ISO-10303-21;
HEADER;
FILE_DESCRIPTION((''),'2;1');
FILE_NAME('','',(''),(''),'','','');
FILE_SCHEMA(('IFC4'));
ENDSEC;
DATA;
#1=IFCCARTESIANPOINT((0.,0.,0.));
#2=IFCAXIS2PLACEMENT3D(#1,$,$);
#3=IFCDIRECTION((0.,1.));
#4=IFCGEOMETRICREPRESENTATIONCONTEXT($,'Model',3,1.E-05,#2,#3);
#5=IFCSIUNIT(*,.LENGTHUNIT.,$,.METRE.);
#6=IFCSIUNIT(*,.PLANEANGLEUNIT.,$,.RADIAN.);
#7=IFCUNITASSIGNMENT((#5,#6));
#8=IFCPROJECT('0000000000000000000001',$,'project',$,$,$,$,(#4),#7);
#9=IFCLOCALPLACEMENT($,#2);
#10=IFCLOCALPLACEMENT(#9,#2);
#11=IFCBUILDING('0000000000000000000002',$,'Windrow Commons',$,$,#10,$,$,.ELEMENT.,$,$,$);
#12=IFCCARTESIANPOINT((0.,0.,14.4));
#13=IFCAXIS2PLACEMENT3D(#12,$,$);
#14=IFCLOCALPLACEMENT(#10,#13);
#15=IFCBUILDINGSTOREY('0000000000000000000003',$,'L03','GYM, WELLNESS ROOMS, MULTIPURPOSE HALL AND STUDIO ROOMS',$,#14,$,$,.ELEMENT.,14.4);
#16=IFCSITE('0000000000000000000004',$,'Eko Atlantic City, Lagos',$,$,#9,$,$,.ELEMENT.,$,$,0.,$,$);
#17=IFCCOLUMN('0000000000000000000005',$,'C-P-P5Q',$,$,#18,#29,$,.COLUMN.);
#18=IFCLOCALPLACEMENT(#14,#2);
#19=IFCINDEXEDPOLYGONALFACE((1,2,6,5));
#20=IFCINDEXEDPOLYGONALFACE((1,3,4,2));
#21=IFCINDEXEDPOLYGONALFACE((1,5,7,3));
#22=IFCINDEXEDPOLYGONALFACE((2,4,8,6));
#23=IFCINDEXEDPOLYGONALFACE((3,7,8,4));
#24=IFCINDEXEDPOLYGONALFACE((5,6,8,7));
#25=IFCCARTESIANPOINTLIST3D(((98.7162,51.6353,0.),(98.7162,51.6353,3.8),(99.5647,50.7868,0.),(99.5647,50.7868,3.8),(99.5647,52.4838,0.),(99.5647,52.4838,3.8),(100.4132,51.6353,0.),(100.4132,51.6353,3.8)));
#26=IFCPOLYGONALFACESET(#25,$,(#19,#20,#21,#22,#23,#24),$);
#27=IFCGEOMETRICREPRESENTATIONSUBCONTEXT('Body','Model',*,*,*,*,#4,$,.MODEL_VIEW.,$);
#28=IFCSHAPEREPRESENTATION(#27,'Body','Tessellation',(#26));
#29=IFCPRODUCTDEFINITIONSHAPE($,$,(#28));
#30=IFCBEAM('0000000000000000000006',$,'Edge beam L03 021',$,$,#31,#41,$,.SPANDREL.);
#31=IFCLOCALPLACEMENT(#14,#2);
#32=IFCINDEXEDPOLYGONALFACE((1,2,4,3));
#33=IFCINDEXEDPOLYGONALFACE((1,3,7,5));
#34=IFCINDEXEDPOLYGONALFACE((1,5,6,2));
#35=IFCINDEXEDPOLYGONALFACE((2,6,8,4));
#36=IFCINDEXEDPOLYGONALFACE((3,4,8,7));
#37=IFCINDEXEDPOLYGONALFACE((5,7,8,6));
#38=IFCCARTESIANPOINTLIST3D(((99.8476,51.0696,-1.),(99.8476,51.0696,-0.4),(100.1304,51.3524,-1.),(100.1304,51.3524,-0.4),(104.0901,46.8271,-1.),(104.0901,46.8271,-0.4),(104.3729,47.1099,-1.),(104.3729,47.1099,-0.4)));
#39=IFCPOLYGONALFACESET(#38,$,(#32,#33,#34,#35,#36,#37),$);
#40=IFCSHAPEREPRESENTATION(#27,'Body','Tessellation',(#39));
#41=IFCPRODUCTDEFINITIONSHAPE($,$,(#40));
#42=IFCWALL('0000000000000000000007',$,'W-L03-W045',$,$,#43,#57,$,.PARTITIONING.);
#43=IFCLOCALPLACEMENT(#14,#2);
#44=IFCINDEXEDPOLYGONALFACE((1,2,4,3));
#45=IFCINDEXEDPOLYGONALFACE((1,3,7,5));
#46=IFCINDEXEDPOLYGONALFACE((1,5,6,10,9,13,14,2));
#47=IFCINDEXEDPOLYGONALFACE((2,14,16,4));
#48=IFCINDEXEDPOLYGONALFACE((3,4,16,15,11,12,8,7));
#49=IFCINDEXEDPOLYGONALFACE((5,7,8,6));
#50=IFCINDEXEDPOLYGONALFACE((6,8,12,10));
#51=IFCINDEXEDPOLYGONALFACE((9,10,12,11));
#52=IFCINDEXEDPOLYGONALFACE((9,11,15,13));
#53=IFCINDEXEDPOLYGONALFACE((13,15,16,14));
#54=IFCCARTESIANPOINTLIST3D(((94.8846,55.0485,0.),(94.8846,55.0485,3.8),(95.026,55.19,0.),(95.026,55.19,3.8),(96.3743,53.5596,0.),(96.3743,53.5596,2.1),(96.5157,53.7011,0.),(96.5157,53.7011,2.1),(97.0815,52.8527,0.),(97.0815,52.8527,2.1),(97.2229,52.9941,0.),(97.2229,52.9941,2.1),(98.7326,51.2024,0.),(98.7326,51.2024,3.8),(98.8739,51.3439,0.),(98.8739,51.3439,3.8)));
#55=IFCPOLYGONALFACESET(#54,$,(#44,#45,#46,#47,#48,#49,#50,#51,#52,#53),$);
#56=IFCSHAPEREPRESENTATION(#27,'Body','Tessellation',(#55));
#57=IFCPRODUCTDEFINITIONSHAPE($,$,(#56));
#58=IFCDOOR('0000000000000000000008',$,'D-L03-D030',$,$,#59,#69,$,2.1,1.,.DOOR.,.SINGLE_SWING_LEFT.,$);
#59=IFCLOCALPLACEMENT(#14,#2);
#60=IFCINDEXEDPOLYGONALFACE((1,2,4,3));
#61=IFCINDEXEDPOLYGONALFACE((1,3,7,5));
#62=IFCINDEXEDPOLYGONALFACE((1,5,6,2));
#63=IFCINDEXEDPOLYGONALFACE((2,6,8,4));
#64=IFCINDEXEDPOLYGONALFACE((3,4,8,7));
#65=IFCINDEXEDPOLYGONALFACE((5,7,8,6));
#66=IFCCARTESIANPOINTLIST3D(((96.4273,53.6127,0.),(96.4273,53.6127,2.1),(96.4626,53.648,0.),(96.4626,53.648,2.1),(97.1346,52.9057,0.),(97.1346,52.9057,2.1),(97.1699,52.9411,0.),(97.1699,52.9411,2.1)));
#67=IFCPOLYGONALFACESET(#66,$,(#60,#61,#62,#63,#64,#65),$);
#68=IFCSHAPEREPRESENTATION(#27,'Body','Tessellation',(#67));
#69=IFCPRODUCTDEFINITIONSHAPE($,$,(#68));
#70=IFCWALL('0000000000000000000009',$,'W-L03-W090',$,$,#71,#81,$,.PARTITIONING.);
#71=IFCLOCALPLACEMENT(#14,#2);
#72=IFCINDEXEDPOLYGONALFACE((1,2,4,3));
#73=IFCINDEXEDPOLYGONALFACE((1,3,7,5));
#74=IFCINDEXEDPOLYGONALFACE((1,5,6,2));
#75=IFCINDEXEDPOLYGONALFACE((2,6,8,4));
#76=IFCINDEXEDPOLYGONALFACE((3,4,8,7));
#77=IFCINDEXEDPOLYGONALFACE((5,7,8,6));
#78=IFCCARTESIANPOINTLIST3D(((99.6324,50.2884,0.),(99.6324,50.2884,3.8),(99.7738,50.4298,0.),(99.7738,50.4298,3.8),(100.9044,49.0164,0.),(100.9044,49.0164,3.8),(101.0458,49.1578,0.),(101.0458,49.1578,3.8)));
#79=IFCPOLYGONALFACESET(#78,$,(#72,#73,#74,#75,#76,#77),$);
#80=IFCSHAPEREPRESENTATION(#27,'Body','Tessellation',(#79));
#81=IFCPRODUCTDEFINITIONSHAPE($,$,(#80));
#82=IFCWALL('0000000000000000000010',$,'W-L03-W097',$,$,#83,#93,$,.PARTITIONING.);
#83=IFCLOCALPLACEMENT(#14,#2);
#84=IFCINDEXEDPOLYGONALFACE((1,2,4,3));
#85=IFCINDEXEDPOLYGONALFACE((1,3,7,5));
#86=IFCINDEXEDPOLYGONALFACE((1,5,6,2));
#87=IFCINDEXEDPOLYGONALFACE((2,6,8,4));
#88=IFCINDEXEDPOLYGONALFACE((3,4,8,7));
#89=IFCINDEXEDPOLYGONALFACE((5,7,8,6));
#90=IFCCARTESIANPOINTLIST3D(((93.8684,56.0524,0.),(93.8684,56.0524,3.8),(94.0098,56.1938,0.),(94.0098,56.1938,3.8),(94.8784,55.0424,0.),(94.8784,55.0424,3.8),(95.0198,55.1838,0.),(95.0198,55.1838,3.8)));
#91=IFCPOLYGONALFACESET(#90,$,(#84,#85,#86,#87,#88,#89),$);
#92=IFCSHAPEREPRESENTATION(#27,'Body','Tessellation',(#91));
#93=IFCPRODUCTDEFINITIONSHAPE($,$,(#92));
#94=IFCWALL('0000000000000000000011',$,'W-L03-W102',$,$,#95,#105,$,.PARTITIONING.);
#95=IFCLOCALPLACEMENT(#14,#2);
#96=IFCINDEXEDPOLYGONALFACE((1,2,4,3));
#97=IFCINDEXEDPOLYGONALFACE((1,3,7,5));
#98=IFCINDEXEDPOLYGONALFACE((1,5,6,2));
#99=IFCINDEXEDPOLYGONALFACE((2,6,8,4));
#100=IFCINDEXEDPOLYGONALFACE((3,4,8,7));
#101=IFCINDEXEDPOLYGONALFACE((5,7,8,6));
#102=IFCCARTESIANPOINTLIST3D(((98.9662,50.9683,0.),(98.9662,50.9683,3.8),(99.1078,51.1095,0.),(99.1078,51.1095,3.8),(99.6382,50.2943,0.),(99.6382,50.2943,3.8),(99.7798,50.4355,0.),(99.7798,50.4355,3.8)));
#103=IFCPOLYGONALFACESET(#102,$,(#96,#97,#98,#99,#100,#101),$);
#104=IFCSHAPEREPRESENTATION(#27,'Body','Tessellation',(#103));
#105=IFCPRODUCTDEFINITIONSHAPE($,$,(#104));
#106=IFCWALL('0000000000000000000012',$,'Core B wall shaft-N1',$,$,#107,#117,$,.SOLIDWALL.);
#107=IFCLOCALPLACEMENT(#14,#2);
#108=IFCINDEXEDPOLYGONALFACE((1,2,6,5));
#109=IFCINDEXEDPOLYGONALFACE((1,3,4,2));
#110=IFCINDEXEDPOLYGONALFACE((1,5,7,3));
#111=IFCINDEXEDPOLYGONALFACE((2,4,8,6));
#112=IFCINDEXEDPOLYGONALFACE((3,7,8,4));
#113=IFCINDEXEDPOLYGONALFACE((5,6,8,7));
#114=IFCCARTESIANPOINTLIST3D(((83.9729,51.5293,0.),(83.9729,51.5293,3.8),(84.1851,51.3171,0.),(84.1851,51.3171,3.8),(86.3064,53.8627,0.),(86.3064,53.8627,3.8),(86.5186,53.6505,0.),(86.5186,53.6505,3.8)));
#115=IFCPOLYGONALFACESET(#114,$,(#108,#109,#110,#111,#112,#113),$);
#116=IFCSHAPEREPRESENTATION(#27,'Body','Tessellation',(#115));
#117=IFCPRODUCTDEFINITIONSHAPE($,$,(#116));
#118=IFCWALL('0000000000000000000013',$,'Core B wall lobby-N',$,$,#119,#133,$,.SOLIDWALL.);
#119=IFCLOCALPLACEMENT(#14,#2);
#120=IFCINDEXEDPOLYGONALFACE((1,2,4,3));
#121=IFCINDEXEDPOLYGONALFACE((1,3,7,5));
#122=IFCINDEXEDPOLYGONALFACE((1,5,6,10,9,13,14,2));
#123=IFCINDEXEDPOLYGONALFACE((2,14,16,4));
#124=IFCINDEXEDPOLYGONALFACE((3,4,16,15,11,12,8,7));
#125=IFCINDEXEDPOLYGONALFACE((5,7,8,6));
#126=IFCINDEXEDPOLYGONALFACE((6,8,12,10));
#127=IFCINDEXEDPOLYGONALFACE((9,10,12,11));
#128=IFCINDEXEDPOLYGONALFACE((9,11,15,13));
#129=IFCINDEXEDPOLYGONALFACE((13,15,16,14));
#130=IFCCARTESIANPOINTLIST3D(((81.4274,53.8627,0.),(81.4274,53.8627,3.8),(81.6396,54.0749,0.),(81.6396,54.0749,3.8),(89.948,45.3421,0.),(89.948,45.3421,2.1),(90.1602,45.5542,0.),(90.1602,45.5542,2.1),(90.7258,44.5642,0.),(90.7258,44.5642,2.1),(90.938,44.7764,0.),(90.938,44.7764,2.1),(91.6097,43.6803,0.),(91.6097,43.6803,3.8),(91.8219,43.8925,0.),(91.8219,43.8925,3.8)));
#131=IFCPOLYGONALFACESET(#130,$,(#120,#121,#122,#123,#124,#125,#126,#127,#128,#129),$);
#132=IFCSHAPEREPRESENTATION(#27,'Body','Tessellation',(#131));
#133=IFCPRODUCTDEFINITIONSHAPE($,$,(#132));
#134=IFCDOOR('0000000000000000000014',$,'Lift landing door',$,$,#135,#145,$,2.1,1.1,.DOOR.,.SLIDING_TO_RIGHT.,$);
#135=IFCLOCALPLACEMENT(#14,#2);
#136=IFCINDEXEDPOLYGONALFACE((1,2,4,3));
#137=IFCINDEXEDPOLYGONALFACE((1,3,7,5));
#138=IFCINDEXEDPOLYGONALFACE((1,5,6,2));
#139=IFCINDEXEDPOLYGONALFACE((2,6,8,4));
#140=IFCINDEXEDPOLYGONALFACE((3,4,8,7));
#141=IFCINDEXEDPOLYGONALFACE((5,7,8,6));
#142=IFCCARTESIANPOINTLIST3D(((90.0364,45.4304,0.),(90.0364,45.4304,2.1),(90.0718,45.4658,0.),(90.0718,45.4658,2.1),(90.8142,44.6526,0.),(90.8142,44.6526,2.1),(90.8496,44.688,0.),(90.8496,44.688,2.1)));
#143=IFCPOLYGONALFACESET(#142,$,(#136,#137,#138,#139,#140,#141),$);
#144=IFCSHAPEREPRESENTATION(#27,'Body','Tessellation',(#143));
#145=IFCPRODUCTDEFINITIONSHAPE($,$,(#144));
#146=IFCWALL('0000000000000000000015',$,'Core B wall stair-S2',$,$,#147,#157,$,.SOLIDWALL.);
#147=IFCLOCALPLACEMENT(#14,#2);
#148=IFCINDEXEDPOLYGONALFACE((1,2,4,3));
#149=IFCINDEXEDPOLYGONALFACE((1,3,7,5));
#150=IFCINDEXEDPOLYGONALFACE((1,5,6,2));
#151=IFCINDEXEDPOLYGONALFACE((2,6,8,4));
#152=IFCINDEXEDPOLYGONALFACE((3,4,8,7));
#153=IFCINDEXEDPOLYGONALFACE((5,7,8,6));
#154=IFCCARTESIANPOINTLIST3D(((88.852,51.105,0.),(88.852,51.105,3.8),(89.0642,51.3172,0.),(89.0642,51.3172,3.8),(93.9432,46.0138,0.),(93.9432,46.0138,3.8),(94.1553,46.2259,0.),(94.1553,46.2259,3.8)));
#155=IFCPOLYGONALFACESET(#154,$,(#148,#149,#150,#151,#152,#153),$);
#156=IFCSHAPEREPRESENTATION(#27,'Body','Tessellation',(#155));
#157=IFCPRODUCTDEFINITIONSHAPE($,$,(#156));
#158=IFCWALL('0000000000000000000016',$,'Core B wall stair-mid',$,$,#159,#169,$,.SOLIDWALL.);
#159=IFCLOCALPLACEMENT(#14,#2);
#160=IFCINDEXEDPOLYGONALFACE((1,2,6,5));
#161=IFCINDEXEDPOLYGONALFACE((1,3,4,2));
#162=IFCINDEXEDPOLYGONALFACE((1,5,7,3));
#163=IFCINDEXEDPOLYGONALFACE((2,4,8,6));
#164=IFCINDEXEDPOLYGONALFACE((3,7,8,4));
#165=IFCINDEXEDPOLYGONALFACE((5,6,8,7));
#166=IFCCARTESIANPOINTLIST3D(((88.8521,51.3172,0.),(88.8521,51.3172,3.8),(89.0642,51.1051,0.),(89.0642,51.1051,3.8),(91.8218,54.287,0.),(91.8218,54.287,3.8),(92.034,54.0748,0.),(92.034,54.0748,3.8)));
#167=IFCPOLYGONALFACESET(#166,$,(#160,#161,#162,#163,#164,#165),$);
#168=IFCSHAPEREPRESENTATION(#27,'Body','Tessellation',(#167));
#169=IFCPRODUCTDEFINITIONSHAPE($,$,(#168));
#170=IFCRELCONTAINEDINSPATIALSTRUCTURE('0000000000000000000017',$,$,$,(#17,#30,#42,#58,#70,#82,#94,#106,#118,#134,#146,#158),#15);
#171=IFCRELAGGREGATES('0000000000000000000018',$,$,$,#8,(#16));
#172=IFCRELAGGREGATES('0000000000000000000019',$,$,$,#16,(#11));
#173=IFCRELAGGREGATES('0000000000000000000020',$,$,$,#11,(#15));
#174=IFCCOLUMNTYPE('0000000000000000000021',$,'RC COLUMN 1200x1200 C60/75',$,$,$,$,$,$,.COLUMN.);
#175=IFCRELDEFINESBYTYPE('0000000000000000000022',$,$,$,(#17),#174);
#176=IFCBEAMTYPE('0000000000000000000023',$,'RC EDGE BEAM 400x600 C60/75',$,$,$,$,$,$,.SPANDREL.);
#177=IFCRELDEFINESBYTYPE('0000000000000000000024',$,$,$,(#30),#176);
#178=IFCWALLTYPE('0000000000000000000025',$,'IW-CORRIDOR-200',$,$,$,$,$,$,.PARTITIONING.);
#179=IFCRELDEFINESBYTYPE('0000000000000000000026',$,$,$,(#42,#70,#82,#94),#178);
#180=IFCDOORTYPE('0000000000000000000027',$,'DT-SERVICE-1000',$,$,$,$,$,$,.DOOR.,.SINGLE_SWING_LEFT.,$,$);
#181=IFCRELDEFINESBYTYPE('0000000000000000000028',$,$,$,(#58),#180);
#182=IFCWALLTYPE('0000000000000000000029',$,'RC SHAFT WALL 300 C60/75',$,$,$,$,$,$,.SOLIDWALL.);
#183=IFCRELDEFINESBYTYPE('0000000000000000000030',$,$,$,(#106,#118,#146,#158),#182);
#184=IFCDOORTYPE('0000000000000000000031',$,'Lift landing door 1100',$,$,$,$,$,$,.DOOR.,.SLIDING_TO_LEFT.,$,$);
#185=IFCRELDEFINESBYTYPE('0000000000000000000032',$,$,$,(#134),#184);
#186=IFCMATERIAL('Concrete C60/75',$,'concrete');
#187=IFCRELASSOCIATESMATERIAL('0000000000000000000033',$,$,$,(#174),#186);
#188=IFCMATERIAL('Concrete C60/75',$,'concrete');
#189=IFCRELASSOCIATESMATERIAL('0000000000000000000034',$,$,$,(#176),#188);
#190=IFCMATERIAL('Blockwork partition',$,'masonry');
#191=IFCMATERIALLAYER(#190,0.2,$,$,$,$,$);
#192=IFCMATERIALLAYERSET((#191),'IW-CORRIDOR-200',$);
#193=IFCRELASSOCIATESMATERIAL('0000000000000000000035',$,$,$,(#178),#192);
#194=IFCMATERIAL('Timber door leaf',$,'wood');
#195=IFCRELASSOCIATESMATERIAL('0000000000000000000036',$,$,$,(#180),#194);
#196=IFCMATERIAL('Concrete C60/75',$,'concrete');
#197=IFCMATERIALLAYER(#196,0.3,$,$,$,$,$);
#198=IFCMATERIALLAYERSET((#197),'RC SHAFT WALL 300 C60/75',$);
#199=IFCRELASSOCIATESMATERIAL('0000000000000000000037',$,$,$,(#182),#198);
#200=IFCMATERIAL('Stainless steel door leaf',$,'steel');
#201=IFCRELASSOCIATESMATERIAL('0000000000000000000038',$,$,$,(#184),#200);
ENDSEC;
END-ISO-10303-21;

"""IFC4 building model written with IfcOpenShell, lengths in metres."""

from ifc_helpers import new_model, si_unit, direction, frame, frame_2d, origin, origin_2d, place, context, subcontext, project, spatial, rectangle, extrude, material, layer, layer_set, material_profile, profile_set, type_object, element, fill, save


model = new_model("IFC4")

# Units and contexts
model_context = context("Model", 3, precision=1e-05, world=origin(), true_north=direction((0.0, 1.0)))
body_context = subcontext(model_context, "Body", "Model", "MODEL_VIEW")
ifc_project = project(units=[si_unit("LENGTHUNIT", "METRE"), si_unit("PLANEANGLEUNIT", "RADIAN")], contexts=[model_context])

# Site, building, storey
site_placement = place(None, origin())
site = spatial("IfcSite", under=ifc_project, at=site_placement, Name="Eko Atlantic City, Lagos", CompositionType="ELEMENT", RefElevation=0.0)
building_placement = place(site_placement, origin())
building = spatial("IfcBuilding", under=site, at=building_placement, Name="Windrow Commons", CompositionType="ELEMENT")
storey_placement = place(building_placement, frame((0.0, 0.0, 14.4)))
storey = spatial("IfcBuildingStorey", under=building, at=storey_placement, Name="L03", Description="GYM, WELLNESS ROOMS, MULTIPURPOSE HALL AND STUDIO ROOMS", CompositionType="ELEMENT", Elevation=14.4)

# Column
ifc_material_1 = material(Name="Concrete C60/75", Category="concrete")
ifc_material_profile_1 = material_profile(ifc_material_1, rectangle(XDim=1.2, YDim=1.2, at=origin_2d()))
ifc_profile_set_1 = profile_set([ifc_material_profile_1], Name="Concrete C60/75")
column_type = type_object("IfcColumnType", Name="RC COLUMN 1200x1200 C60/75", PredefinedType="COLUMN", material=ifc_profile_set_1)
column_placement = place(storey_placement, frame((99.5647, 51.6353, 0.0), z_axis=(0.0, 0.0, 1.0), x_axis=(0.707107, -0.707107, 0.0)))
element("IfcColumn", 1, at=column_placement, inside=storey, type_object=column_type, Name="C-P-P5Q", PredefinedType="COLUMN", context=body_context, shape_type="SweptSolid", body=[
    extrude(rectangle(XDim=1.2, YDim=1.2, at=origin_2d()), origin(), (0.0, 0.0, 1.0), 3.8),
])

# Beam
ifc_material_2 = material(Name="Concrete C60/75", Category="concrete")
ifc_material_profile_2 = material_profile(ifc_material_2, rectangle(XDim=0.4, YDim=0.6, at=origin_2d()))
ifc_profile_set_2 = profile_set([ifc_material_profile_2], Name="Concrete C60/75")
beam_type = type_object("IfcBeamType", Name="RC EDGE BEAM 400x600 C60/75", PredefinedType="SPANDREL", material=ifc_profile_set_2)
beam_placement = place(storey_placement, frame((99.989, 51.211, -0.7), z_axis=(0.707107, -0.707107, 0.0), x_axis=(0.707107, 0.707107, 0.0)))
element("IfcBeam", 2, at=beam_placement, inside=storey, type_object=beam_type, Name="Edge beam L03 021", PredefinedType="SPANDREL", context=body_context, shape_type="SweptSolid", body=[
    extrude(rectangle(XDim=0.4, YDim=0.6, at=origin_2d()), origin(), (0.0, 0.0, 1.0), 5.9998),
])

# Wall, opening, door
ifc_material_3 = material(Name="Blockwork partition", Category="masonry")
ifc_layer_1 = layer(ifc_material_3, 0.2)
ifc_layer_set_1 = layer_set([ifc_layer_1], Name="IW-CORRIDOR-200")
wall_type_1 = type_object("IfcWallType", Name="IW-CORRIDOR-200", PredefinedType="PARTITIONING", material=ifc_layer_set_1)
wall_1_placement = place(storey_placement, frame((94.9553, 55.1193, 0.0), z_axis=(0.0, 0.0, 1.0), x_axis=(0.707272, -0.706941, 0.0)))
wall_1 = element("IfcWall", 3, at=wall_1_placement, inside=storey, type_object=wall_type_1, Name="W-L03-W045", PredefinedType="PARTITIONING", context=body_context, shape_type="SweptSolid", body=[
    extrude(rectangle(XDim=5.4405, YDim=0.2, at=frame_2d((2.7203, 0.0))), origin(), (0.0, 0.0, 1.0), 3.8),
])
opening_1_placement = place(wall_1_placement, frame((2.1062, 0.0, 0.0)))
opening_1 = element("IfcOpeningElement", 4, at=opening_1_placement, cuts=wall_1, PredefinedType="OPENING", context=body_context, shape_type="SweptSolid", body=[
    extrude(rectangle(XDim=1.0, YDim=2.1, at=frame_2d((0.5, 1.05))), frame((0.0, 0.11, 0.0), z_axis=(0.0, -1.0, 0.0), x_axis=(1.0, 0.0, 0.0)), (0.0, 0.0, 1.0), 0.22),
])
ifc_material_4 = material(Name="Timber door leaf", Category="wood")
door_type_1 = type_object("IfcDoorType", Name="DT-SERVICE-1000", OperationType="SINGLE_SWING_LEFT", PredefinedType="DOOR", material=ifc_material_4)
door_1_placement = place(opening_1_placement, origin())
door_1 = element("IfcDoor", 5, at=door_1_placement, inside=storey, type_object=door_type_1, Name="D-L03-D030", OperationType="SINGLE_SWING_LEFT", OverallHeight=2.1, OverallWidth=1.0, PredefinedType="DOOR", context=body_context, shape_type="SweptSolid", body=[
    extrude(rectangle(XDim=1.0, YDim=2.1, at=frame_2d((0.5, 1.05))), frame((0.0, 0.025, 0.0), z_axis=(0.0, -1.0, 0.0), x_axis=(1.0, 0.0, 0.0)), (0.0, 0.0, 1.0), 0.05),
])
fill(opening_1, door_1)

# Walls
wall_2_placement = place(storey_placement, frame((99.7031, 50.3591, 0.0), z_axis=(0.0, 0.0, 1.0), x_axis=(0.707107, -0.707107, 0.0)))
element("IfcWall", 6, at=wall_2_placement, inside=storey, type_object=wall_type_1, Name="W-L03-W090", PredefinedType="PARTITIONING", context=body_context, shape_type="SweptSolid", body=[
    extrude(rectangle(XDim=1.7989, YDim=0.2, at=frame_2d((0.8994, 0.0))), origin(), (0.0, 0.0, 1.0), 3.8),
])
wall_3_placement = place(storey_placement, frame((93.9391, 56.1231, 0.0), z_axis=(0.0, 0.0, 1.0), x_axis=(0.707107, -0.707107, 0.0)))
element("IfcWall", 7, at=wall_3_placement, inside=storey, type_object=wall_type_1, Name="W-L03-W097", PredefinedType="PARTITIONING", context=body_context, shape_type="SweptSolid", body=[
    extrude(rectangle(XDim=1.4284, YDim=0.2, at=frame_2d((0.7142, 0.0))), origin(), (0.0, 0.0, 1.0), 3.8),
])
wall_4_placement = place(storey_placement, frame((99.037, 51.0389, 0.0), z_axis=(0.0, 0.0, 1.0), x_axis=(0.706055, -0.708157, 0.0)))
element("IfcWall", 8, at=wall_4_placement, inside=storey, type_object=wall_type_1, Name="W-L03-W102", PredefinedType="PARTITIONING", context=body_context, shape_type="SweptSolid", body=[
    extrude(rectangle(XDim=0.9518, YDim=0.2, at=frame_2d((0.4759, 0.0))), origin(), (0.0, 0.0, 1.0), 3.8),
])
ifc_material_5 = material(Name="Concrete C60/75", Category="concrete")
ifc_layer_2 = layer(ifc_material_5, 0.3)
ifc_layer_set_2 = layer_set([ifc_layer_2], Name="RC SHAFT WALL 300 C60/75")
wall_type_2 = type_object("IfcWallType", Name="RC SHAFT WALL 300 C60/75", PredefinedType="SOLIDWALL", material=ifc_layer_set_2)
wall_5_placement = place(storey_placement, frame((84.079, 51.4232, 0.0), z_axis=(0.0, 0.0, 1.0), x_axis=(0.707122, 0.707092, 0.0)))
element("IfcWall", 9, at=wall_5_placement, inside=storey, type_object=wall_type_2, Name="Core B wall shaft-N1", PredefinedType="SOLIDWALL", context=body_context, shape_type="SweptSolid", body=[
    extrude(rectangle(XDim=3.3, YDim=0.3, at=frame_2d((1.65, 0.0))), origin(), (0.0, 0.0, 1.0), 3.8),
])

# Wall, opening, door
wall_6_placement = place(storey_placement, frame((81.5335, 53.9688, 0.0), z_axis=(0.0, 0.0, 1.0), x_axis=(0.707103, -0.70711, 0.0)))
wall_6 = element("IfcWall", 10, at=wall_6_placement, inside=storey, type_object=wall_type_2, Name="Core B wall lobby-N", PredefinedType="SOLIDWALL", context=body_context, shape_type="SweptSolid", body=[
    extrude(rectangle(XDim=14.4, YDim=0.3, at=frame_2d((7.2, 0.0))), origin(), (0.0, 0.0, 1.0), 3.8),
])
opening_2_placement = place(wall_6_placement, frame((12.05, 0.0, 0.0)))
opening_2 = element("IfcOpeningElement", 11, at=opening_2_placement, cuts=wall_6, PredefinedType="OPENING", context=body_context, shape_type="SweptSolid", body=[
    extrude(rectangle(XDim=1.1, YDim=2.1, at=frame_2d((0.55, 1.05))), frame((0.0, 0.16, 0.0), z_axis=(0.0, -1.0, 0.0), x_axis=(1.0, 0.0, 0.0)), (0.0, 0.0, 1.0), 0.32),
])
ifc_material_6 = material(Name="Stainless steel door leaf", Category="steel")
door_type_2 = type_object("IfcDoorType", Name="Lift landing door 1100", OperationType="SLIDING_TO_LEFT", PredefinedType="DOOR", material=ifc_material_6)
door_2_placement = place(opening_2_placement, origin())
door_2 = element("IfcDoor", 12, at=door_2_placement, inside=storey, type_object=door_type_2, Name="Lift landing door", OperationType="SLIDING_TO_RIGHT", OverallHeight=2.1, OverallWidth=1.1, PredefinedType="DOOR", context=body_context, shape_type="SweptSolid", body=[
    extrude(rectangle(XDim=1.1, YDim=2.1, at=frame_2d((0.55, 1.05))), frame((0.0, 0.025, 0.0), z_axis=(0.0, -1.0, 0.0), x_axis=(1.0, 0.0, 0.0)), (0.0, 0.0, 1.0), 0.05),
])
fill(opening_2, door_2)

# Walls
wall_7_placement = place(storey_placement, frame((88.9581, 51.2111, 0.0), z_axis=(0.0, 0.0, 1.0), x_axis=(0.7071, -0.707114, 0.0)))
element("IfcWall", 13, at=wall_7_placement, inside=storey, type_object=wall_type_2, Name="Core B wall stair-S2", PredefinedType="SOLIDWALL", context=body_context, shape_type="SweptSolid", body=[
    extrude(rectangle(XDim=7.2, YDim=0.3, at=frame_2d((3.6, 0.0))), origin(), (0.0, 0.0, 1.0), 3.8),
])
wall_8_placement = place(storey_placement, frame((88.9581, 51.2111, 0.0), z_axis=(0.0, 0.0, 1.0), x_axis=(0.707107, 0.707107, 0.0)))
element("IfcWall", 14, at=wall_8_placement, inside=storey, type_object=wall_type_2, Name="Core B wall stair-mid", PredefinedType="SOLIDWALL", context=body_context, shape_type="SweptSolid", body=[
    extrude(rectangle(XDim=4.1999, YDim=0.3, at=frame_2d((2.1, 0.0))), origin(), (0.0, 0.0, 1.0), 3.8),
])

save(model, "model.ifc")
